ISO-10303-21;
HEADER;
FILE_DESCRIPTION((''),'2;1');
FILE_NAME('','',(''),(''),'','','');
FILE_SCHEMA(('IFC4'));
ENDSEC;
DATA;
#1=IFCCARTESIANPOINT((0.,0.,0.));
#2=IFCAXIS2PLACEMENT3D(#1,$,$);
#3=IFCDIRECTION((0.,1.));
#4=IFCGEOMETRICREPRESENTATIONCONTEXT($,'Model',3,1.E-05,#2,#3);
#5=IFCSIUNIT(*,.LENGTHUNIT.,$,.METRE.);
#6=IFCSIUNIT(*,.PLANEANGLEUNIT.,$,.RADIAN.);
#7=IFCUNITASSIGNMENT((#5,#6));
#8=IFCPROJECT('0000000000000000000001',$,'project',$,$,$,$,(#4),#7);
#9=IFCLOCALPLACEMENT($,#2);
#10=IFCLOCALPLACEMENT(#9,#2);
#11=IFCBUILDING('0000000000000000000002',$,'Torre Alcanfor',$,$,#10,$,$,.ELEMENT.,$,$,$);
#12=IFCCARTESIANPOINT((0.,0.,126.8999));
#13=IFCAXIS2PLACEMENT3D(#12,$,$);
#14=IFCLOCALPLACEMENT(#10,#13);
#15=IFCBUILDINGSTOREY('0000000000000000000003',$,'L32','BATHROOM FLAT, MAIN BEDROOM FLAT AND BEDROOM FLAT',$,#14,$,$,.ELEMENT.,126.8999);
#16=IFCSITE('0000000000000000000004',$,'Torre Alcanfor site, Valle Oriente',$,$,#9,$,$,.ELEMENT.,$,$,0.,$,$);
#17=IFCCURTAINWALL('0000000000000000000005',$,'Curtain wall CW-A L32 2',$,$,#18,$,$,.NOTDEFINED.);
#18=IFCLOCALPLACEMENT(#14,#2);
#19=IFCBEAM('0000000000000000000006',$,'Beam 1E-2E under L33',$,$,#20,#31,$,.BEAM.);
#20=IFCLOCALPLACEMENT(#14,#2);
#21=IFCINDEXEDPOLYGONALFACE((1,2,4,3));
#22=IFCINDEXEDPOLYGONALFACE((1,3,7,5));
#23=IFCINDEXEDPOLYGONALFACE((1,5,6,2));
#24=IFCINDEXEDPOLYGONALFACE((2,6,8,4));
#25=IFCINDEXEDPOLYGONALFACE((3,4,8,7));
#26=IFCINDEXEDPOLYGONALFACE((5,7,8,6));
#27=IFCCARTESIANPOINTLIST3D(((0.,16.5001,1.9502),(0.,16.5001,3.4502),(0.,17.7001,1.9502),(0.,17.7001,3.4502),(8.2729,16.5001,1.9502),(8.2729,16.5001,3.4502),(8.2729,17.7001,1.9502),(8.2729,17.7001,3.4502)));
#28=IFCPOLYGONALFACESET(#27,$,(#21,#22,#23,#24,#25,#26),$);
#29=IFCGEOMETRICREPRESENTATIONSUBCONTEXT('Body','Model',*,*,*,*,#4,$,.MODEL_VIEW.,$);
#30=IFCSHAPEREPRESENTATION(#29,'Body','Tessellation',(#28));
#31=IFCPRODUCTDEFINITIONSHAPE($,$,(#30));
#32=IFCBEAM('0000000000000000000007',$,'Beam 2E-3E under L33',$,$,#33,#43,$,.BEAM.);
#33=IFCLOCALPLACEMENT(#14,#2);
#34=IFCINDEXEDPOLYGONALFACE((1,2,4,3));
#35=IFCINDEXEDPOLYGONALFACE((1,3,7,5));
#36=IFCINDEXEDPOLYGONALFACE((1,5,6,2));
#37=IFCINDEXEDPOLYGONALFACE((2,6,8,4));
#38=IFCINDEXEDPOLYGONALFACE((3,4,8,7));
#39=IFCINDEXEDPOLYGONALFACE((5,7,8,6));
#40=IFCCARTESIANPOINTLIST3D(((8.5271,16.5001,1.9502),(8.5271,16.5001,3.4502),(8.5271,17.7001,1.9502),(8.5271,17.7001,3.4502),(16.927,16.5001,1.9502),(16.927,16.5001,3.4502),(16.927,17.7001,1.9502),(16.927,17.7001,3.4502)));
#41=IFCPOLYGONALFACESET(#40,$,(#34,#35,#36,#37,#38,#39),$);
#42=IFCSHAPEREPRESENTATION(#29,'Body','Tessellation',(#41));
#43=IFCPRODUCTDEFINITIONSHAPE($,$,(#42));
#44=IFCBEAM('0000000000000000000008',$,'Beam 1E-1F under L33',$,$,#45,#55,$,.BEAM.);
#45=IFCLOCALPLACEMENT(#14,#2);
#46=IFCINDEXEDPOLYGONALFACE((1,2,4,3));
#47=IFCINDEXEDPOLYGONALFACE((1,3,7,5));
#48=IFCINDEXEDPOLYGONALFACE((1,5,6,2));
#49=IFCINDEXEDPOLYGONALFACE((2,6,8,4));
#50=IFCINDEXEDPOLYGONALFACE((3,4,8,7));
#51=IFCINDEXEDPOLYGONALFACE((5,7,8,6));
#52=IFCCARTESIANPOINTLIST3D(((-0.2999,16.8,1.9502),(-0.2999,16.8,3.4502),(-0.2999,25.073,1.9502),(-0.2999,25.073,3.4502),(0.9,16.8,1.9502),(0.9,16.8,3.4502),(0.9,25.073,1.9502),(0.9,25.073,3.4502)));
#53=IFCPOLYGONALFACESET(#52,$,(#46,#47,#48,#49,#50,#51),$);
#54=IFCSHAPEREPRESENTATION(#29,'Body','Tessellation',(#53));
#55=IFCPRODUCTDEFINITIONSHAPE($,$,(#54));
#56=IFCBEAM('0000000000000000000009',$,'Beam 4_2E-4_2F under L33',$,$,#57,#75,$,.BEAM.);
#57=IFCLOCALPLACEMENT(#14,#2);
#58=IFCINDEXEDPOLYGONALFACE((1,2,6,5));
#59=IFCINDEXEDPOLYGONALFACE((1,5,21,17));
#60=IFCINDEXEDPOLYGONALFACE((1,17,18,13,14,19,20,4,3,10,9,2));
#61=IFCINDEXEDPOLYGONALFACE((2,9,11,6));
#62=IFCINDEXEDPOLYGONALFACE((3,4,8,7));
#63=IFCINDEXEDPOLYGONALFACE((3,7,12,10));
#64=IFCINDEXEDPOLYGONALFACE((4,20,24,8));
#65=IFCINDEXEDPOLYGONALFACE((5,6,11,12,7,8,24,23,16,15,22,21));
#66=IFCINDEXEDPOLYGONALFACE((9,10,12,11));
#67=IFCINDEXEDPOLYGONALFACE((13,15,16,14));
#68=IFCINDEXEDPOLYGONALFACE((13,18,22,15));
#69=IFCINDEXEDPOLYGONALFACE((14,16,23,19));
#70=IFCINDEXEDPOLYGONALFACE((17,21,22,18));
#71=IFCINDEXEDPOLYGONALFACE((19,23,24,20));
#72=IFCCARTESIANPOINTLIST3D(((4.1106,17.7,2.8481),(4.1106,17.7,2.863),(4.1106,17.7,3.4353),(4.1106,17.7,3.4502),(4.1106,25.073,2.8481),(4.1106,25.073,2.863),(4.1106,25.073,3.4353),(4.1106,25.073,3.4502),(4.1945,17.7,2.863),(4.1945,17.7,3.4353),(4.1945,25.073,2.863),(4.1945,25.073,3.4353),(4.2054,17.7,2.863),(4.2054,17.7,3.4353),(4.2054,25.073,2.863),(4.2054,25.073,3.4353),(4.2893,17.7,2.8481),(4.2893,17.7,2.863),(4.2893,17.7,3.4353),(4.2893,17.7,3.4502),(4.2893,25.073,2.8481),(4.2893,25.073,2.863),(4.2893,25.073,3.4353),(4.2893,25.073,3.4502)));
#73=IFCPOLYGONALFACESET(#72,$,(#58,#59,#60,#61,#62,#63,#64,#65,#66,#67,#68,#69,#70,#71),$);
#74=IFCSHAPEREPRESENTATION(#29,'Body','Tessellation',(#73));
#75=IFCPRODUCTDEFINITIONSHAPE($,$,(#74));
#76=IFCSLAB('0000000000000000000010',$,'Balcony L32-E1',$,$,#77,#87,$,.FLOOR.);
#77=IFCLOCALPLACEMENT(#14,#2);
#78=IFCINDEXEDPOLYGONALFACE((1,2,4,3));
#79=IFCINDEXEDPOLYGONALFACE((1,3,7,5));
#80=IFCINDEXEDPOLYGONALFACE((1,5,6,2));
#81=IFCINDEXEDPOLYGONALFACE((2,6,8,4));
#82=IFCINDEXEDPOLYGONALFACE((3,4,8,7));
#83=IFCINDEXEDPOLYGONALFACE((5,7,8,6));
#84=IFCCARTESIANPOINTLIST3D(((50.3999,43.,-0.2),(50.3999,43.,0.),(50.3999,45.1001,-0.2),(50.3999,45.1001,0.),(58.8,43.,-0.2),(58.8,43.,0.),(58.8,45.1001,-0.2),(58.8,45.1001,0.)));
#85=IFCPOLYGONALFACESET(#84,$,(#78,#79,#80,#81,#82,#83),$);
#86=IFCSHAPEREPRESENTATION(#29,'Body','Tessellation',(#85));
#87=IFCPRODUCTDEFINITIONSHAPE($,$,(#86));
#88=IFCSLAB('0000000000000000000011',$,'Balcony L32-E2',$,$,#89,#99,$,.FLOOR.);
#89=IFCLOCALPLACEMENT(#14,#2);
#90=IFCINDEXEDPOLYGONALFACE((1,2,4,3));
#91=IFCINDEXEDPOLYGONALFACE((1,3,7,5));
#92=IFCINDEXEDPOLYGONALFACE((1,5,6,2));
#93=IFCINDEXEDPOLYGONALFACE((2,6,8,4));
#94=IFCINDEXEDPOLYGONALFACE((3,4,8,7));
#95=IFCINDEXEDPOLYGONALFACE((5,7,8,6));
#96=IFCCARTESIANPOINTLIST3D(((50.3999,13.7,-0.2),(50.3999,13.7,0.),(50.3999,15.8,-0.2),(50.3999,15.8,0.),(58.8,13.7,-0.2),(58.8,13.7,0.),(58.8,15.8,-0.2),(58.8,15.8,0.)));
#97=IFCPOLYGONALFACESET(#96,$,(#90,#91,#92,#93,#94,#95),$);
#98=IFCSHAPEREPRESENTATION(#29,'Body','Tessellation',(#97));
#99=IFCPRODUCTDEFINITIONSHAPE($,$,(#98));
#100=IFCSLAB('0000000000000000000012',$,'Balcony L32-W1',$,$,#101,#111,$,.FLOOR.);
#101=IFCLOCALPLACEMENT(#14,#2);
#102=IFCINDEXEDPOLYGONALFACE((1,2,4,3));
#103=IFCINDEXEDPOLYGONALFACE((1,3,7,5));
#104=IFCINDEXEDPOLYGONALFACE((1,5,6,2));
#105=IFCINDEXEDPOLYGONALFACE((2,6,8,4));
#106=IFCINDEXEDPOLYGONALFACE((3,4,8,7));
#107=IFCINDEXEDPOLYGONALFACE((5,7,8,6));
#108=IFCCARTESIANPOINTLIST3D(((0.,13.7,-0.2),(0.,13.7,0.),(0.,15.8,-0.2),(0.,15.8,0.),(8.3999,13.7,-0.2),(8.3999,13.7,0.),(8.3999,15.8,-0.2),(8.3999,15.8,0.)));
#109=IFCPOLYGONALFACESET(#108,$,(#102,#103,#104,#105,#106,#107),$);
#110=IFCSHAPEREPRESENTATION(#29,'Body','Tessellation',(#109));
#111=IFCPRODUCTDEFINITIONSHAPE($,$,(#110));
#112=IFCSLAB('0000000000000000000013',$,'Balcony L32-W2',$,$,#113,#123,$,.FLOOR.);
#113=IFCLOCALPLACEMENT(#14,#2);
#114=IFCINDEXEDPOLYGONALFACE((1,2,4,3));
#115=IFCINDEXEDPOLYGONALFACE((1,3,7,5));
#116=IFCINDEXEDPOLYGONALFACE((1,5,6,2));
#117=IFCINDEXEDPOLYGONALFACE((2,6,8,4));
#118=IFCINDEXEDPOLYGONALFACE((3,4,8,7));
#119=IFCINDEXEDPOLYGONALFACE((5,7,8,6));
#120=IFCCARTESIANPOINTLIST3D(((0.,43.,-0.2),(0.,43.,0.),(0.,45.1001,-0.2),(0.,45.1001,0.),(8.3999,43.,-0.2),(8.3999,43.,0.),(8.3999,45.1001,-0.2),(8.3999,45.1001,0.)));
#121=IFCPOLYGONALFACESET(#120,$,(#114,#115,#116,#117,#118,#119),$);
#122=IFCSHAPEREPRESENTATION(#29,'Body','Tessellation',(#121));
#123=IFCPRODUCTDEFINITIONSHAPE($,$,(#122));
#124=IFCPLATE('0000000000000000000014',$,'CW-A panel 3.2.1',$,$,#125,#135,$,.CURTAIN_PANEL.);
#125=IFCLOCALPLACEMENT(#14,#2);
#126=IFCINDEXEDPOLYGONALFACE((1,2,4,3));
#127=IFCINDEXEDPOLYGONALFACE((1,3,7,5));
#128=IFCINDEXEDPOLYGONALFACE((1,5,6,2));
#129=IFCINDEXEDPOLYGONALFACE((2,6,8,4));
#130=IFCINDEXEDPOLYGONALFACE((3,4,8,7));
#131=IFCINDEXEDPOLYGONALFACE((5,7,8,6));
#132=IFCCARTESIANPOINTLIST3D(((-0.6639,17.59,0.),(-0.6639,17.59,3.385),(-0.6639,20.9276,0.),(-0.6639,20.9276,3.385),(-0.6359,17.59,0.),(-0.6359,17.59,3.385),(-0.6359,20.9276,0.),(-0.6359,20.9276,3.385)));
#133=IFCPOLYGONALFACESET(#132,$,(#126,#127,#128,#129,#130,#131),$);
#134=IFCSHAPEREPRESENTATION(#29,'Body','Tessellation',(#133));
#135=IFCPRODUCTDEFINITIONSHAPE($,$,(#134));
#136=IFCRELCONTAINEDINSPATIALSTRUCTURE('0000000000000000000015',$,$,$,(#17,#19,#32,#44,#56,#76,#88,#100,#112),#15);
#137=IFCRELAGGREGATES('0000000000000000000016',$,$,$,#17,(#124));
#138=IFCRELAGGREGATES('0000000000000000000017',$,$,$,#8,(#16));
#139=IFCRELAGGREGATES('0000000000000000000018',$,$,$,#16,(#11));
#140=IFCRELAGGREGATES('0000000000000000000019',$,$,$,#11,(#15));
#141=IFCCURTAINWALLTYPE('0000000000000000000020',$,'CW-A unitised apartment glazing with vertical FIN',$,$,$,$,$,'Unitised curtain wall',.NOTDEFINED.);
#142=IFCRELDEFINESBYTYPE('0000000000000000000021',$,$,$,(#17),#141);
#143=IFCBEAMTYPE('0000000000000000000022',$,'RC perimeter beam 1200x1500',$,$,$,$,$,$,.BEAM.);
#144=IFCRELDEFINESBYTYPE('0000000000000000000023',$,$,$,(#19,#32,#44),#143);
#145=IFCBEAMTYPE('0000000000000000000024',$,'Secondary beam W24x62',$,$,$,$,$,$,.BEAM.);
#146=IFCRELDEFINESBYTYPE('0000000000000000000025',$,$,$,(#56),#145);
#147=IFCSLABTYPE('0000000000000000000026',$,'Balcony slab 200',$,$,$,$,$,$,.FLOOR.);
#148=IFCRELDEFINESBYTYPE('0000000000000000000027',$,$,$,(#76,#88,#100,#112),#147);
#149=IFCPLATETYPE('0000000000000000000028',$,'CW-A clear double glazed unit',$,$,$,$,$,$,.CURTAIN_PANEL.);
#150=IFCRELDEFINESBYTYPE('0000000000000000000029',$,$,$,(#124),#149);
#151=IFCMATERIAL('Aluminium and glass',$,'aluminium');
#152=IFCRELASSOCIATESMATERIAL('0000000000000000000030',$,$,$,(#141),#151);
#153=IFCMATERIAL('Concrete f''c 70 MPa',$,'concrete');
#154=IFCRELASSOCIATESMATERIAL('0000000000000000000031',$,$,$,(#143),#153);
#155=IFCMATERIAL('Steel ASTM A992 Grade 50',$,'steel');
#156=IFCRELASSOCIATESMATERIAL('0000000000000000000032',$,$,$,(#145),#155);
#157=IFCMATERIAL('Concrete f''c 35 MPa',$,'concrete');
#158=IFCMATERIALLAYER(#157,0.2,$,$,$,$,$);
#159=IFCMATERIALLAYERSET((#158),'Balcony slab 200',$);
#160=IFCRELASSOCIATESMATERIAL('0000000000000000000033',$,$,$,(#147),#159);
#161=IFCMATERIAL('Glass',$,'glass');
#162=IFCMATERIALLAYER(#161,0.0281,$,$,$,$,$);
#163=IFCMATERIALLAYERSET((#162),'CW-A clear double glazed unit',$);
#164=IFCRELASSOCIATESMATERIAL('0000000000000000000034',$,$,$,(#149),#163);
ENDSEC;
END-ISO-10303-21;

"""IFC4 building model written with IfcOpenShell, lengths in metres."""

from ifc_helpers import new_model, si_unit, direction, frame, origin, origin_2d, place, context, subcontext, project, spatial, polyline, rectangle, i_section, outline, extrude, material, layer, layer_set, material_profile, profile_set, type_object, element, aggregate, save


model = new_model("IFC4")

# Units and contexts
model_context = context("Model", 3, precision=1e-05, world=origin(), true_north=direction((0.0, 1.0)))
body_context = subcontext(model_context, "Body", "Model", "MODEL_VIEW")
ifc_project = project(units=[si_unit("LENGTHUNIT", "METRE"), si_unit("PLANEANGLEUNIT", "RADIAN")], contexts=[model_context])

# Site, building, storey
site_placement = place(None, origin())
site = spatial("IfcSite", under=ifc_project, at=site_placement, Name="Torre Alcanfor site, Valle Oriente", CompositionType="ELEMENT", RefElevation=0.0)
building_placement = place(site_placement, origin())
building = spatial("IfcBuilding", under=site, at=building_placement, Name="Torre Alcanfor", CompositionType="ELEMENT")
storey_placement = place(building_placement, frame((0.0, 0.0, 126.8999)))
storey = spatial("IfcBuildingStorey", under=building, at=storey_placement, Name="L32", Description="BATHROOM FLAT, MAIN BEDROOM FLAT AND BEDROOM FLAT", CompositionType="ELEMENT", Elevation=126.8999)

# Curtain wall
ifc_material_1 = material(Name="Aluminium and glass", Category="aluminium")
curtain_wall_type = type_object("IfcCurtainWallType", Name="CW-A unitised apartment glazing with vertical FIN", ElementType="Unitised curtain wall", PredefinedType="NOTDEFINED", material=ifc_material_1)
curtain_wall_placement = place(storey_placement, origin())
curtain_wall = element("IfcCurtainWall", 1, at=curtain_wall_placement, inside=storey, type_object=curtain_wall_type, Name="Curtain wall CW-A L32 2", PredefinedType="NOTDEFINED")

# Beams
ifc_material_2 = material(Name="Concrete f'c 70 MPa", Category="concrete")
ifc_material_profile_1 = material_profile(ifc_material_2, rectangle(XDim=1.2, YDim=1.5, at=origin_2d()), Name="1200x1500")
ifc_profile_set_1 = profile_set([ifc_material_profile_1], Name="Concrete f'c 70 MPa")
beam_type_1 = type_object("IfcBeamType", Name="RC perimeter beam 1200x1500", PredefinedType="BEAM", material=ifc_profile_set_1)
beam_1_placement = place(storey_placement, frame((0.0, 17.1001, 2.7002), z_axis=(1.0, 0.0, 0.0), x_axis=(0.0, 1.0, 0.0)))
element("IfcBeam", 2, at=beam_1_placement, inside=storey, type_object=beam_type_1, Name="Beam 1E-2E under L33", PredefinedType="BEAM", context=body_context, shape_type="SweptSolid", body=[
    extrude(rectangle(XDim=1.2, YDim=1.5, at=origin_2d()), origin(), (0.0, 0.0, 1.0), 8.2729),
])
beam_2_placement = place(storey_placement, frame((8.5271, 17.1001, 2.7002), z_axis=(1.0, 0.0, 0.0), x_axis=(0.0, 1.0, 0.0)))
element("IfcBeam", 3, at=beam_2_placement, inside=storey, type_object=beam_type_1, Name="Beam 2E-3E under L33", PredefinedType="BEAM", context=body_context, shape_type="SweptSolid", body=[
    extrude(rectangle(XDim=1.2, YDim=1.5, at=origin_2d()), origin(), (0.0, 0.0, 1.0), 8.3999),
])
beam_3_placement = place(storey_placement, frame((0.3, 16.8, 2.7002), z_axis=(0.0, 1.0, 0.0), x_axis=(-1.0, 0.0, 0.0)))
element("IfcBeam", 4, at=beam_3_placement, inside=storey, type_object=beam_type_1, Name="Beam 1E-1F under L33", PredefinedType="BEAM", context=body_context, shape_type="SweptSolid", body=[
    extrude(rectangle(XDim=1.2, YDim=1.5, at=origin_2d()), origin(), (0.0, 0.0, 1.0), 8.2729),
])
ifc_material_3 = material(Name="Steel ASTM A992 Grade 50", Category="steel")
ifc_material_profile_2 = material_profile(ifc_material_3, i_section(OverallWidth=0.1787, OverallDepth=0.6021, WebThickness=0.011, FlangeThickness=0.0149, at=origin_2d()), Name="W24x62")
ifc_profile_set_2 = profile_set([ifc_material_profile_2], Name="Steel ASTM A992 Grade 50")
beam_type_2 = type_object("IfcBeamType", Name="Secondary beam W24x62", PredefinedType="BEAM", material=ifc_profile_set_2)
beam_4_placement = place(storey_placement, frame((4.2, 17.7, 3.1492), z_axis=(0.0, 1.0, 0.0), x_axis=(-1.0, 0.0, 0.0)))
element("IfcBeam", 5, at=beam_4_placement, inside=storey, type_object=beam_type_2, Name="Beam 4_2E-4_2F under L33", PredefinedType="BEAM", context=body_context, shape_type="SweptSolid", body=[
    extrude(i_section(OverallWidth=0.1787, OverallDepth=0.6021, WebThickness=0.011, FlangeThickness=0.0149, at=origin_2d()), origin(), (0.0, 0.0, 1.0), 7.373),
])

# Slabs
ifc_material_4 = material(Name="Concrete f'c 35 MPa", Category="concrete")
ifc_layer_1 = layer(ifc_material_4, 0.2)
ifc_layer_set_1 = layer_set([ifc_layer_1], Name="Balcony slab 200")
slab_type_1 = type_object("IfcSlabType", Name="Balcony slab 200", PredefinedType="FLOOR", material=ifc_layer_set_1)
slab_1_placement = place(storey_placement, frame((0.0, 0.0, -0.2)))
element("IfcSlab", 6, at=slab_1_placement, inside=storey, type_object=slab_type_1, Name="Balcony L32-E1", PredefinedType="FLOOR", context=body_context, shape_type="SweptSolid", body=[
    extrude(outline(polyline([(50.3999, 43.0), (58.8, 43.0), (58.8, 45.1001), (50.3999, 45.1001), (50.3999, 43.0)])), origin(), (0.0, 0.0, 1.0), 0.2),
])
slab_2_placement = place(storey_placement, frame((0.0, 0.0, -0.2)))
element("IfcSlab", 7, at=slab_2_placement, inside=storey, type_object=slab_type_1, Name="Balcony L32-E2", PredefinedType="FLOOR", context=body_context, shape_type="SweptSolid", body=[
    extrude(outline(polyline([(50.3999, 13.7), (58.8, 13.7), (58.8, 15.8), (50.3999, 15.8), (50.3999, 13.7)])), origin(), (0.0, 0.0, 1.0), 0.2),
])
slab_3_placement = place(storey_placement, frame((0.0, 0.0, -0.2)))
element("IfcSlab", 8, at=slab_3_placement, inside=storey, type_object=slab_type_1, Name="Balcony L32-W1", PredefinedType="FLOOR", context=body_context, shape_type="SweptSolid", body=[
    extrude(outline(polyline([(8.3999, 15.8), (0.0, 15.8), (0.0, 13.7), (8.3999, 13.7), (8.3999, 15.8)])), origin(), (0.0, 0.0, 1.0), 0.2),
])
slab_4_placement = place(storey_placement, frame((0.0, 0.0, -0.2)))
element("IfcSlab", 9, at=slab_4_placement, inside=storey, type_object=slab_type_1, Name="Balcony L32-W2", PredefinedType="FLOOR", context=body_context, shape_type="SweptSolid", body=[
    extrude(outline(polyline([(8.3999, 45.1001), (0.0, 45.1001), (0.0, 43.0), (8.3999, 43.0), (8.3999, 45.1001)])), origin(), (0.0, 0.0, 1.0), 0.2),
])

# Plate
ifc_material_5 = material(Name="Glass", Category="glass")
ifc_layer_2 = layer(ifc_material_5, 0.0281)
ifc_layer_set_2 = layer_set([ifc_layer_2], Name="CW-A clear double glazed unit")
plate_type = type_object("IfcPlateType", Name="CW-A clear double glazed unit", PredefinedType="CURTAIN_PANEL", material=ifc_layer_set_2)
plate_placement = place(storey_placement, frame((-0.6499, 19.2588, 0.0), z_axis=(0.0, 0.0, 1.0), x_axis=(0.0, -1.0, 0.0)))
plate = element("IfcPlate", 10, at=plate_placement, type_object=plate_type, Name="CW-A panel 3.2.1", PredefinedType="CURTAIN_PANEL", context=body_context, shape_type="SweptSolid", body=[
    extrude(rectangle(XDim=3.3376, YDim=0.0281, at=origin_2d()), origin(), (0.0, 0.0, 1.0), 3.385),
])
aggregate(curtain_wall, [plate])

save(model, "model.ifc")
